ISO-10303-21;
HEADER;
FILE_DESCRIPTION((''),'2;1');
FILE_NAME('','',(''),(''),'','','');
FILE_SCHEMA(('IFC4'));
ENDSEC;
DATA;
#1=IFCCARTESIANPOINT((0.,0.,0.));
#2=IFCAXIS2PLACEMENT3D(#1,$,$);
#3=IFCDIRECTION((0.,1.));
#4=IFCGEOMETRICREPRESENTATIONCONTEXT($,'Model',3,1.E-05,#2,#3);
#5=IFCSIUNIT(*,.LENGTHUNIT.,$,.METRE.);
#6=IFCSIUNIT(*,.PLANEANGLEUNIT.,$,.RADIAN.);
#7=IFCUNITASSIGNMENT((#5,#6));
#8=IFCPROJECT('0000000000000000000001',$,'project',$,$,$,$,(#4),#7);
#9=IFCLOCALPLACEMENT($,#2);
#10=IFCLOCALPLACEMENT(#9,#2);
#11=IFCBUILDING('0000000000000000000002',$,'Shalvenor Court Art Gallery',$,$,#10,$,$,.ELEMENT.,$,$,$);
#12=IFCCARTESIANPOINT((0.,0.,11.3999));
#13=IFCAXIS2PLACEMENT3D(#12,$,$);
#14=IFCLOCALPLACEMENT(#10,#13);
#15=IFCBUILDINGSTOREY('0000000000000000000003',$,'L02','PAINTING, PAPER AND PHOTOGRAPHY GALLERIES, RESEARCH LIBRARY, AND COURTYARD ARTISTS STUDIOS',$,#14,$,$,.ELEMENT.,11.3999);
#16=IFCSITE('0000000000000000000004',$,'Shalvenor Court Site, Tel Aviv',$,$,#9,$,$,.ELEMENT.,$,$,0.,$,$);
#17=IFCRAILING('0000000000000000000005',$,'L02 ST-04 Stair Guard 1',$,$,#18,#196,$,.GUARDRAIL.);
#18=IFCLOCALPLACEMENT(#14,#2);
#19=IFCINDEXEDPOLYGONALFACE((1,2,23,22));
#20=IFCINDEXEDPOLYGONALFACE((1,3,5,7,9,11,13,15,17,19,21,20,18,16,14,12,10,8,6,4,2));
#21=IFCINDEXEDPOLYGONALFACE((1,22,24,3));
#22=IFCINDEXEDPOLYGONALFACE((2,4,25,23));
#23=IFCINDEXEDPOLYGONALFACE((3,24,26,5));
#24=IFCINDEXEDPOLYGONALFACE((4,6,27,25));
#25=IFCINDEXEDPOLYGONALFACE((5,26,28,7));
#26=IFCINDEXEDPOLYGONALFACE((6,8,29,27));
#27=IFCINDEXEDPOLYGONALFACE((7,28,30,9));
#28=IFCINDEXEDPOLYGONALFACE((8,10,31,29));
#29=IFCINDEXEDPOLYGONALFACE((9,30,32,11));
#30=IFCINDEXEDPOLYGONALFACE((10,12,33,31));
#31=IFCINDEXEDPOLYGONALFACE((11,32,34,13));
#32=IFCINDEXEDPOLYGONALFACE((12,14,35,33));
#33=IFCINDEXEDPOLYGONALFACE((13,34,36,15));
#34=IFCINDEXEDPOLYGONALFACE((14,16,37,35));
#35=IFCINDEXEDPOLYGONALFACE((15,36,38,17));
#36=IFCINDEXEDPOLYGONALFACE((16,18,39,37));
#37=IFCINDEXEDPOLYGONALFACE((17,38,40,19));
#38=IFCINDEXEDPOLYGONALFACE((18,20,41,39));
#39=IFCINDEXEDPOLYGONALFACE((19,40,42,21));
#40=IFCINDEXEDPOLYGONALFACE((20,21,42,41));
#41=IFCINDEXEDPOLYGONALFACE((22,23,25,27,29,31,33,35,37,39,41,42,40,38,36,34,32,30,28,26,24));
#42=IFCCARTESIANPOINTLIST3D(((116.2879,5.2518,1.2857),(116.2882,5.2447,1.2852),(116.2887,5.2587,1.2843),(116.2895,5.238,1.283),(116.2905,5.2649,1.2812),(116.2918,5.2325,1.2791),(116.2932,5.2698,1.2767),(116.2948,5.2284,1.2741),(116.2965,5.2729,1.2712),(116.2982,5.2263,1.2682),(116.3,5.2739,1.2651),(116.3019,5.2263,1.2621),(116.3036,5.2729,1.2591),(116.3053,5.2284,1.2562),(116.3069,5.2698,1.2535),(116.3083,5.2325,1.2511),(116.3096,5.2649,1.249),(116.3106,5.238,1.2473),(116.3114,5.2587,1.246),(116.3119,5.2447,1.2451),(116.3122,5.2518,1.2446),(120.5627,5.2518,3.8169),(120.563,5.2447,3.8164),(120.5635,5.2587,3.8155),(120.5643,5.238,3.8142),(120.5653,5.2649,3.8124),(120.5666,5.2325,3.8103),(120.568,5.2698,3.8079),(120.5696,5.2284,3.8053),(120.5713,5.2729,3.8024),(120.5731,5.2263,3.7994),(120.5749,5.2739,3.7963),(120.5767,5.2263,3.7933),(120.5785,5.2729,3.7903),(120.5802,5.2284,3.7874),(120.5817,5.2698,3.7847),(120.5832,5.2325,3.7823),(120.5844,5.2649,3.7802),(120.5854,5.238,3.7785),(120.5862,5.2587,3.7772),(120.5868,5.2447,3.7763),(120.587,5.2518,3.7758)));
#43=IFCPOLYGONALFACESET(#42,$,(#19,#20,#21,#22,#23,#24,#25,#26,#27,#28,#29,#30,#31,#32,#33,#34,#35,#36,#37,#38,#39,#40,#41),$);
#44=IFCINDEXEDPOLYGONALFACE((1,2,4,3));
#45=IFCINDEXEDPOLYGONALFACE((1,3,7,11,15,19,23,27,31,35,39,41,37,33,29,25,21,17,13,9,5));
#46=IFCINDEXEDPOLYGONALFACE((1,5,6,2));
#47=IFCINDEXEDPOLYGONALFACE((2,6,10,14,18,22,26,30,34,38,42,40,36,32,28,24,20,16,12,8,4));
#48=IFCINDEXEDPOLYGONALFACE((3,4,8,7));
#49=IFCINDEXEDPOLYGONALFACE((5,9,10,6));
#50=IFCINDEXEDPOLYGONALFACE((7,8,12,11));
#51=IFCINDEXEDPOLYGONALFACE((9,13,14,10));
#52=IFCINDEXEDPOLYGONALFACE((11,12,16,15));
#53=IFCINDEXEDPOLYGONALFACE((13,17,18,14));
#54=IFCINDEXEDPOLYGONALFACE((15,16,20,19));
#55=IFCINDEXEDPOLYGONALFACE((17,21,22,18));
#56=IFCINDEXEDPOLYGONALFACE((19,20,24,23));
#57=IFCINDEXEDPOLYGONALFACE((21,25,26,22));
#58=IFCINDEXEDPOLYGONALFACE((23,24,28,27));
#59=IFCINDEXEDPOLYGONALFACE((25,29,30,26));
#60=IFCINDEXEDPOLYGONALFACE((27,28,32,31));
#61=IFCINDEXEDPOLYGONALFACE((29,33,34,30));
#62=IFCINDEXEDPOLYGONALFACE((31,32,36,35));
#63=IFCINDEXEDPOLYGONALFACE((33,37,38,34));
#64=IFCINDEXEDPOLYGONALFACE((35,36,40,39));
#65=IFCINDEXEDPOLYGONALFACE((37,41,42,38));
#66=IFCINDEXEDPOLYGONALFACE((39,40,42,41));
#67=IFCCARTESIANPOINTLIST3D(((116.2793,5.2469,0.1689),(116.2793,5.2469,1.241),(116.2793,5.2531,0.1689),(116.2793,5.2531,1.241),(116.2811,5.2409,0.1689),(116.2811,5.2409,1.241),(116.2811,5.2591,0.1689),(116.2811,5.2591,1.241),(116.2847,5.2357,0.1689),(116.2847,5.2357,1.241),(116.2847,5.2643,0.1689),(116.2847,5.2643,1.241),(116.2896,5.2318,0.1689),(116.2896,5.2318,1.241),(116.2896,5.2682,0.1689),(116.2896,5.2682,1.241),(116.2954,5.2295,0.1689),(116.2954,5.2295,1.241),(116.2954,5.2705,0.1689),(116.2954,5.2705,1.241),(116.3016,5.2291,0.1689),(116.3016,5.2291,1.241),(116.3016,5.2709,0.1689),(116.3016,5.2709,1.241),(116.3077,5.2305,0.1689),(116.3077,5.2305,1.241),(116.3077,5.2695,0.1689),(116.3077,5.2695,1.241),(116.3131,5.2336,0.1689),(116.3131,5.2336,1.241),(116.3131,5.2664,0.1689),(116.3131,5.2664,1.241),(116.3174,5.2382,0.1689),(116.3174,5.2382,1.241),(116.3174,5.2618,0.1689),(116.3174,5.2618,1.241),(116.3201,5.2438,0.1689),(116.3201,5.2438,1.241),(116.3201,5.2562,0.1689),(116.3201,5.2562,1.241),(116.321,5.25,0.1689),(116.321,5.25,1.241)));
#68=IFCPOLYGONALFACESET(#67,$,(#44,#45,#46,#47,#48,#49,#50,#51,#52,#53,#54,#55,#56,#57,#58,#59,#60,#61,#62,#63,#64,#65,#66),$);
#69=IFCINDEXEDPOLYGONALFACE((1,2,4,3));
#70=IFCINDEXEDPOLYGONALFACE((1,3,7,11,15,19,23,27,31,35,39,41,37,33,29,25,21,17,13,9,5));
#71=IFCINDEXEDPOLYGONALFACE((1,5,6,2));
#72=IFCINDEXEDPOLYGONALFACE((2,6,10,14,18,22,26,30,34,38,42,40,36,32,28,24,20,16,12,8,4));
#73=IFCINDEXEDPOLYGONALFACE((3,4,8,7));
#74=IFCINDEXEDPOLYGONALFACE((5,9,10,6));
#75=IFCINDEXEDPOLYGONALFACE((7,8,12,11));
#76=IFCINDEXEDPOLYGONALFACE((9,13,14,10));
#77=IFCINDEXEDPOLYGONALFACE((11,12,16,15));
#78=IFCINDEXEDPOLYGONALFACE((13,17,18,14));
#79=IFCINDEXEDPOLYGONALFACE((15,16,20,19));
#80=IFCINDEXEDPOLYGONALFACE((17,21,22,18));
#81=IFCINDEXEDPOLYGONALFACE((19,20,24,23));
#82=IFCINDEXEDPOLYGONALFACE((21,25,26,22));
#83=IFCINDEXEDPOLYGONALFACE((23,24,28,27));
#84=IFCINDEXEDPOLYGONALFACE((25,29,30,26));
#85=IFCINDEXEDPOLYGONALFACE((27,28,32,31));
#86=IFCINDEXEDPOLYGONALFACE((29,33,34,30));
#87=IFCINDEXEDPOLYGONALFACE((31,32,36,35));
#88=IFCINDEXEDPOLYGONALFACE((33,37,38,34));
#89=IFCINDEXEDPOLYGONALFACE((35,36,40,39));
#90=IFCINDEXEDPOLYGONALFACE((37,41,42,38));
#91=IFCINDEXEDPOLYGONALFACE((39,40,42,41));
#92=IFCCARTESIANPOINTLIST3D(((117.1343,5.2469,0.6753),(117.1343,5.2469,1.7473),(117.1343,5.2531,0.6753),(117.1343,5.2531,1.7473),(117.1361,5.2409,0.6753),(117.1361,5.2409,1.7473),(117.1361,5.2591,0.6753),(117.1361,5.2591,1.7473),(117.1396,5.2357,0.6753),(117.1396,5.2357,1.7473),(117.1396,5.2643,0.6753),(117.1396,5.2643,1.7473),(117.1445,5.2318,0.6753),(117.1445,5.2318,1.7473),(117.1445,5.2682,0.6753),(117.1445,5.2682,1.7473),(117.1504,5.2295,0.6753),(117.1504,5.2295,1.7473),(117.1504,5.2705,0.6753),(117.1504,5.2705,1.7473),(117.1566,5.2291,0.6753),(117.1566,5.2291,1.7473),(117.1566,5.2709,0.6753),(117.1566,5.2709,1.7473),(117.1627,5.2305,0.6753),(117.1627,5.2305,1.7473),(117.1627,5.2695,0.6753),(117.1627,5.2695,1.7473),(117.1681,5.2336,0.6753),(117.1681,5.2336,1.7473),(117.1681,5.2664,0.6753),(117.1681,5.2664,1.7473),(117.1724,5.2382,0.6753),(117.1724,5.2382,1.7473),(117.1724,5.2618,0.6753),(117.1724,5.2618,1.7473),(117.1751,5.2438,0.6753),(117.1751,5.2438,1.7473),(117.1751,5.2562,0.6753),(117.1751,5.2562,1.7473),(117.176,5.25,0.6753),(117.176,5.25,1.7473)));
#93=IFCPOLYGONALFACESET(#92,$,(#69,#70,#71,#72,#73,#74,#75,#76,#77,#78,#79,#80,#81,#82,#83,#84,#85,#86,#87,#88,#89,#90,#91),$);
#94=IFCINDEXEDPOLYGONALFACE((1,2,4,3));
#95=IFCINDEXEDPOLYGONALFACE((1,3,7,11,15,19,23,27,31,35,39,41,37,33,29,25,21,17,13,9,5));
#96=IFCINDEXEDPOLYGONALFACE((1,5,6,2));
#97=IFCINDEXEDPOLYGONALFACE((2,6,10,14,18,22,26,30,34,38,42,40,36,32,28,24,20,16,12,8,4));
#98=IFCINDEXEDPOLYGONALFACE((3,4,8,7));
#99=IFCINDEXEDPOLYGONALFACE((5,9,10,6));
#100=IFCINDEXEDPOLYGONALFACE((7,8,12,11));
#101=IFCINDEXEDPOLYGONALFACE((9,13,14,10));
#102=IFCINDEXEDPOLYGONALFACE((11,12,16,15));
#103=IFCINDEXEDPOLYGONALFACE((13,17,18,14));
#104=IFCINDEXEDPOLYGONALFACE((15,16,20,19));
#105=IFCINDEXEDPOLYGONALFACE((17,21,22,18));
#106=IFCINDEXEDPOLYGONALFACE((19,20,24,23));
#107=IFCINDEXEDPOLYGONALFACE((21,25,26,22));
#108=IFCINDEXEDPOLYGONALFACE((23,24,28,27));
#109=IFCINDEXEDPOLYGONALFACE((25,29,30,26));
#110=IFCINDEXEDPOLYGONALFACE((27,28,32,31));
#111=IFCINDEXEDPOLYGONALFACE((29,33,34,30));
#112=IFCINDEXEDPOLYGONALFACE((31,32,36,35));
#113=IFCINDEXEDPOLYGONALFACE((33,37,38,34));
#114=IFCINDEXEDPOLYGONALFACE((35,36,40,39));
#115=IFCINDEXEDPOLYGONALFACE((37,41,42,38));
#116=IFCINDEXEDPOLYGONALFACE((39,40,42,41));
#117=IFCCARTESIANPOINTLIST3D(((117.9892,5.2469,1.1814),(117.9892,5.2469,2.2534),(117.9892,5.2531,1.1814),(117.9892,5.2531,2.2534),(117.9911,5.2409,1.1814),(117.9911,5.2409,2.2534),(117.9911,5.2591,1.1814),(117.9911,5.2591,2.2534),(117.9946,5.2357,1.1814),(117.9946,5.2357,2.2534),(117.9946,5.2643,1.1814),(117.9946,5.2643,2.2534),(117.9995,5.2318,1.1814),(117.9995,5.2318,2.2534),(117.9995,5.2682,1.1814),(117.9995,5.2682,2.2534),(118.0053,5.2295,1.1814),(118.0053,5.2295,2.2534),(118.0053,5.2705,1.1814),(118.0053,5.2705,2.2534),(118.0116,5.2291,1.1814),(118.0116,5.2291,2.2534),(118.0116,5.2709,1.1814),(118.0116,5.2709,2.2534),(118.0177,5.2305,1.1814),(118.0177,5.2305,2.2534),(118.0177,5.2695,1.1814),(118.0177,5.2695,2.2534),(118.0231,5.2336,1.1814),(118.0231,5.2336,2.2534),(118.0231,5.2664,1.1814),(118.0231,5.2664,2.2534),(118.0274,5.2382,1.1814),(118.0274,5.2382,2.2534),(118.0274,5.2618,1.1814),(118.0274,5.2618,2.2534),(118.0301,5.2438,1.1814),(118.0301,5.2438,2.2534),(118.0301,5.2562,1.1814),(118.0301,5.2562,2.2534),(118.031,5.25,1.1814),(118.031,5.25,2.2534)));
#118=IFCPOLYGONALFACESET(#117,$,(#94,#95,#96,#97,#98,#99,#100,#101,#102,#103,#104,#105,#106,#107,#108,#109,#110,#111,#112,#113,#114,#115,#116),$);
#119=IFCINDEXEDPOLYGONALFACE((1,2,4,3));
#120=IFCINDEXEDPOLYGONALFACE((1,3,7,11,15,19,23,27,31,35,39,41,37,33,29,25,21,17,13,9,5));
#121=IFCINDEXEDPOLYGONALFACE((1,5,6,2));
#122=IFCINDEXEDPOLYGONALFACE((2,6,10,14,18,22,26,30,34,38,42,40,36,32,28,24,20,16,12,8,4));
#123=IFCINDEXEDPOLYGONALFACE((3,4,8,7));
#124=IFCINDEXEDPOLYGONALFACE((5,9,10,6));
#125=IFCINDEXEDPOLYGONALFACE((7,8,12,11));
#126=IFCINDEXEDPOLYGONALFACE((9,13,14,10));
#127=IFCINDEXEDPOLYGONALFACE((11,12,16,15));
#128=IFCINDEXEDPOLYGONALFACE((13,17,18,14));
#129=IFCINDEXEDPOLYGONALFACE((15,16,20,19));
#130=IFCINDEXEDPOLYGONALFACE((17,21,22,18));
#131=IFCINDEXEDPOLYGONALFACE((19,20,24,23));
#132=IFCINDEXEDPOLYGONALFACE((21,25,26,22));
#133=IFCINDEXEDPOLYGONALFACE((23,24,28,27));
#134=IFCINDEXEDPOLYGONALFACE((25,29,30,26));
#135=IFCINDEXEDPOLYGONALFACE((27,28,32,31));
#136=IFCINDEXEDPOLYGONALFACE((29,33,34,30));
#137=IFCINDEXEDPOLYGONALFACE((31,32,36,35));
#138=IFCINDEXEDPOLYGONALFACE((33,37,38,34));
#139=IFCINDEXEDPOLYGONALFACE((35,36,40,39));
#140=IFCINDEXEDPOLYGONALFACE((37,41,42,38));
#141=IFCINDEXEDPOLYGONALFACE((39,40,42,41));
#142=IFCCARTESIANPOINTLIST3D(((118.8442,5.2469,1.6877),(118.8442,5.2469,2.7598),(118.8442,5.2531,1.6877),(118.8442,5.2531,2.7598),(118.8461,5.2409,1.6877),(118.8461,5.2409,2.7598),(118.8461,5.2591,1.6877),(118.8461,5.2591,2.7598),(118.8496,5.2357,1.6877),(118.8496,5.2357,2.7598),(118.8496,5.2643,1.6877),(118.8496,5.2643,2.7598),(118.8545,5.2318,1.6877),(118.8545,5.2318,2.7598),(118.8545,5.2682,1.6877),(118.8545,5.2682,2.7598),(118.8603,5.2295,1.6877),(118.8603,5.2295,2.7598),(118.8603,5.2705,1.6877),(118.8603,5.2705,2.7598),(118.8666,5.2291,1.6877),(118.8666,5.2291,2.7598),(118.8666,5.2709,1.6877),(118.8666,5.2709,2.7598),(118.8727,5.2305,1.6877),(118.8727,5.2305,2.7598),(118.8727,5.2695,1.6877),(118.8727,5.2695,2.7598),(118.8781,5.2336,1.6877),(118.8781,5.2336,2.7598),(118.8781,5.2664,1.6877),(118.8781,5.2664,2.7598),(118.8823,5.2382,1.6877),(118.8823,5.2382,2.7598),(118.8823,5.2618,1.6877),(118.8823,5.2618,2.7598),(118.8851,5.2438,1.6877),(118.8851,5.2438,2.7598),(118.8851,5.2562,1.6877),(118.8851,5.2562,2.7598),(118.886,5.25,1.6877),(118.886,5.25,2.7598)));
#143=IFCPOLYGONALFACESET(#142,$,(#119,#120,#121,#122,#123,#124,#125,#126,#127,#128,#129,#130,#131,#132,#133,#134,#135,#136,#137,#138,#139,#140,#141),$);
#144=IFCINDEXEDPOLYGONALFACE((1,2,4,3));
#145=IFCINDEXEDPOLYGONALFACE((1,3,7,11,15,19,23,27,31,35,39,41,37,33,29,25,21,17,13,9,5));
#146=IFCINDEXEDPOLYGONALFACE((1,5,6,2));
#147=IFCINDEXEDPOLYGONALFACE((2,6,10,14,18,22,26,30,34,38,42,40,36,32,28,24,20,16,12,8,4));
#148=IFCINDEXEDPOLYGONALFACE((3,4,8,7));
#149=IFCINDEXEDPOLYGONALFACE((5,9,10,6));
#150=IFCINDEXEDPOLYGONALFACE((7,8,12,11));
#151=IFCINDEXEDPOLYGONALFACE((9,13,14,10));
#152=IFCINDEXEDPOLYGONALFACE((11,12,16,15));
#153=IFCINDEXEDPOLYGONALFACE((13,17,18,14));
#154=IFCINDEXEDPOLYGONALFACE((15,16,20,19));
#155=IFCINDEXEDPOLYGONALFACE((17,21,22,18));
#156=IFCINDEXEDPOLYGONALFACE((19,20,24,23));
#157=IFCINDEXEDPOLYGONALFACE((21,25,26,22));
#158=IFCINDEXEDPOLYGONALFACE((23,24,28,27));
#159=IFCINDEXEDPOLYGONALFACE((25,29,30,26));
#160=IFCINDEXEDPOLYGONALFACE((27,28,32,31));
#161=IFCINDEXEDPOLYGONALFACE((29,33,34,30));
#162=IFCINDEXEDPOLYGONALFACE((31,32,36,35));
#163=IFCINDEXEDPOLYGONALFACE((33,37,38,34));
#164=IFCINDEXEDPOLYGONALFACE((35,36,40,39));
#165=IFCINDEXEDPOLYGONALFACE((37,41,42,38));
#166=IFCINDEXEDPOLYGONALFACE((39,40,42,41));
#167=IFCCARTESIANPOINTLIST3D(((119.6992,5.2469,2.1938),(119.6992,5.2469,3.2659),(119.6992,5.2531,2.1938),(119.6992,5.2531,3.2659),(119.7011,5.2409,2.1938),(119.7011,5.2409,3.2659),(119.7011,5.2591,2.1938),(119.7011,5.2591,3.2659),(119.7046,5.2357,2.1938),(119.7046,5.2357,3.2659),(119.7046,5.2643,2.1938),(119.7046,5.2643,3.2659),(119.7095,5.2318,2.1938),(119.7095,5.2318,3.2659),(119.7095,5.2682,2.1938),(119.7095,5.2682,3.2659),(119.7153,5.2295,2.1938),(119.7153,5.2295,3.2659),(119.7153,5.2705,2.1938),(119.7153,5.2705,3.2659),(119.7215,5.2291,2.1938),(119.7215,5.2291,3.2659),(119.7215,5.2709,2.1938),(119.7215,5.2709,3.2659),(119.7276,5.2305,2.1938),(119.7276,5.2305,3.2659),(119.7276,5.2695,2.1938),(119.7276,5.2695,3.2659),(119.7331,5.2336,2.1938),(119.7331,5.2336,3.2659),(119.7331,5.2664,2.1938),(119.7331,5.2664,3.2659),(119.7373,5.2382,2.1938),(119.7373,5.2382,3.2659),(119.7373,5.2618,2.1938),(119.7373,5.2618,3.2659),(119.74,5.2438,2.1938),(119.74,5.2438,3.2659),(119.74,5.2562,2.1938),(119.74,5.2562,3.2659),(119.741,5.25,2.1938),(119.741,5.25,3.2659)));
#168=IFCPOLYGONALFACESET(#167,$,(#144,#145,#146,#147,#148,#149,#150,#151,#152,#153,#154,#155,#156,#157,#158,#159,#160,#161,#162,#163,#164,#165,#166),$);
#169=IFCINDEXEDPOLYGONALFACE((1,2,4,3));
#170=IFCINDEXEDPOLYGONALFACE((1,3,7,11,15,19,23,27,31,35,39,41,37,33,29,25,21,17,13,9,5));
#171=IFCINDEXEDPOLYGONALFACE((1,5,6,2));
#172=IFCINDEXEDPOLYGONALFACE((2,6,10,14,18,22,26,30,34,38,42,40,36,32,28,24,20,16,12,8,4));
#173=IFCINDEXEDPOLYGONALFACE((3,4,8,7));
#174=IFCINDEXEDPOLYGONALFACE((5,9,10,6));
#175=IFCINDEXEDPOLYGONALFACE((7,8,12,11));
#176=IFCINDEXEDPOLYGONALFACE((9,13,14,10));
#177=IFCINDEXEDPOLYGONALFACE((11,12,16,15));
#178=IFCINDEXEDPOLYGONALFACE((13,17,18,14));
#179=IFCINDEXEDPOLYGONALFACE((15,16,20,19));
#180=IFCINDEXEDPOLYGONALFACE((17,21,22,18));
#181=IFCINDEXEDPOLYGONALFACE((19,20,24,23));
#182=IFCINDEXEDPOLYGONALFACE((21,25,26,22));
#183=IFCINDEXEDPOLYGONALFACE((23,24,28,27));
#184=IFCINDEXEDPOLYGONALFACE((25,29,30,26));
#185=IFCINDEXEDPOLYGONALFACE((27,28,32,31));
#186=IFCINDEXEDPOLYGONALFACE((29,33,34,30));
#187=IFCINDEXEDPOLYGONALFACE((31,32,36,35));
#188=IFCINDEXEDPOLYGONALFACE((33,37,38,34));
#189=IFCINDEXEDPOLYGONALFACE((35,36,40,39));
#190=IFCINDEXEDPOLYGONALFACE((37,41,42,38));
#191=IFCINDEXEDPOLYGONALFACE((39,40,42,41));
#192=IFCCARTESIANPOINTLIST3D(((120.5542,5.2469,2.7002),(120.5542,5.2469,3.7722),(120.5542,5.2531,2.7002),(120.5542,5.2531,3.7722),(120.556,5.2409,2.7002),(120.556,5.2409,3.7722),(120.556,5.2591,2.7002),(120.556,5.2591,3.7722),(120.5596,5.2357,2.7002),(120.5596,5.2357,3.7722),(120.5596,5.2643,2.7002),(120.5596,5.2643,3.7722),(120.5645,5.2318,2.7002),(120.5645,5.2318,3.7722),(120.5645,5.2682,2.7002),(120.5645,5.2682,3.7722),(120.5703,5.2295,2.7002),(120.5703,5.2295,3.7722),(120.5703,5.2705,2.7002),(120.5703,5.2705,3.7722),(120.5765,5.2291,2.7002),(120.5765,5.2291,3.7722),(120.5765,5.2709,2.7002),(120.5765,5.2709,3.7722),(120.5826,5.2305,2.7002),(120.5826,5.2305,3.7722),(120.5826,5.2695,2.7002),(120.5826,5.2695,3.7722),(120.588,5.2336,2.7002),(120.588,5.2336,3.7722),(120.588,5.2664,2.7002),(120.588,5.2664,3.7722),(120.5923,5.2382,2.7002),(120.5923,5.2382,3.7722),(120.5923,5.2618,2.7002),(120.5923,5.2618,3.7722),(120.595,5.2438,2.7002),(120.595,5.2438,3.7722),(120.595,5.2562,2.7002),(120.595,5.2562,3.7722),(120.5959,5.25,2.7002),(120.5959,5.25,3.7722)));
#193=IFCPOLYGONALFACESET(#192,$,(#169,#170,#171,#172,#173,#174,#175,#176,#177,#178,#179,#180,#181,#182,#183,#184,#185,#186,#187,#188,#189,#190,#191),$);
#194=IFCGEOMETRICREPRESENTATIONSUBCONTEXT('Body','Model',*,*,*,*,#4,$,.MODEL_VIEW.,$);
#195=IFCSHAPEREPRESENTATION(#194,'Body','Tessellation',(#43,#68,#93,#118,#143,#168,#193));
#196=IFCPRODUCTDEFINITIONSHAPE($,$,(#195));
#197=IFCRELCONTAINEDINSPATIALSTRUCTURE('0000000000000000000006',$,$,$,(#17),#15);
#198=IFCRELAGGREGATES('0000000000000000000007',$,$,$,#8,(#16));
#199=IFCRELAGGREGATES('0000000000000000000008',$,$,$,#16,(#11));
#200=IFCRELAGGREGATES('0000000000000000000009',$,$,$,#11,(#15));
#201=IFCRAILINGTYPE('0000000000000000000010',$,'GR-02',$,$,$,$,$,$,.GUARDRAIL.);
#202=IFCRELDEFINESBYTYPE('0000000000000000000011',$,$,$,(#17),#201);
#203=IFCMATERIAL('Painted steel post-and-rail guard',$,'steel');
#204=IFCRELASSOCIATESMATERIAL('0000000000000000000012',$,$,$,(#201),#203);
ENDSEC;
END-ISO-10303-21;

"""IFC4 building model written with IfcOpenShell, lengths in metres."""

from ifc_helpers import new_model, si_unit, direction, frame, origin, origin_2d, place, context, subcontext, project, spatial, circle, extrude, material, type_object, element, save


model = new_model("IFC4")

# Units and contexts
model_context = context("Model", 3, precision=1e-05, world=origin(), true_north=direction((0.0, 1.0)))
body_context = subcontext(model_context, "Body", "Model", "MODEL_VIEW")
ifc_project = project(units=[si_unit("LENGTHUNIT", "METRE"), si_unit("PLANEANGLEUNIT", "RADIAN")], contexts=[model_context])

# Site, building, storey
site_placement = place(None, origin())
site = spatial("IfcSite", under=ifc_project, at=site_placement, Name="Shalvenor Court Site, Tel Aviv", CompositionType="ELEMENT", RefElevation=0.0)
building_placement = place(site_placement, origin())
building = spatial("IfcBuilding", under=site, at=building_placement, Name="Shalvenor Court Art Gallery", CompositionType="ELEMENT")
storey_placement = place(building_placement, frame((0.0, 0.0, 11.3999)))
storey = spatial("IfcBuildingStorey", under=building, at=storey_placement, Name="L02", Description="PAINTING, PAPER AND PHOTOGRAPHY GALLERIES, RESEARCH LIBRARY, AND COURTYARD ARTISTS STUDIOS", CompositionType="ELEMENT", Elevation=11.3999)

# Railing
ifc_material_1 = material(Name="Painted steel post-and-rail guard", Category="steel")
railing_type_1 = type_object("IfcRailingType", Name="GR-02", PredefinedType="GUARDRAIL", material=ifc_material_1)
railing_1_placement = place(storey_placement, frame((116.3, 5.25, 0.1689)))
element("IfcRailing", 1, at=railing_1_placement, inside=storey, type_object=railing_type_1, Name="L02 ST-04 Stair Guard 1", PredefinedType="GUARDRAIL", context=body_context, shape_type="SweptSolid", body=[
    extrude(circle(Radius=0.0239, at=origin_2d()), frame((0.0, 0.0, 1.0962), z_axis=(0.86047, 0.0, 0.509501), x_axis=(0.0, 1.0, 0.0)), (0.0, 0.0, 1.0), 4.968),
    extrude(circle(Radius=0.021, at=origin_2d()), origin(), (0.0, 0.0, 1.0), 1.072),
    extrude(circle(Radius=0.021, at=origin_2d()), frame((0.855, 0.0, 0.5063)), (0.0, 0.0, 1.0), 1.072),
    extrude(circle(Radius=0.021, at=origin_2d()), frame((1.71, 0.0, 1.0125)), (0.0, 0.0, 1.0), 1.072),
    extrude(circle(Radius=0.021, at=origin_2d()), frame((2.5649, 0.0, 1.5188)), (0.0, 0.0, 1.0), 1.072),
    extrude(circle(Radius=0.021, at=origin_2d()), frame((3.4199, 0.0, 2.0249)), (0.0, 0.0, 1.0), 1.072),
    extrude(circle(Radius=0.021, at=origin_2d()), frame((4.2749, 0.0, 2.5312)), (0.0, 0.0, 1.0), 1.072),
])

save(model, "model.ifc")
